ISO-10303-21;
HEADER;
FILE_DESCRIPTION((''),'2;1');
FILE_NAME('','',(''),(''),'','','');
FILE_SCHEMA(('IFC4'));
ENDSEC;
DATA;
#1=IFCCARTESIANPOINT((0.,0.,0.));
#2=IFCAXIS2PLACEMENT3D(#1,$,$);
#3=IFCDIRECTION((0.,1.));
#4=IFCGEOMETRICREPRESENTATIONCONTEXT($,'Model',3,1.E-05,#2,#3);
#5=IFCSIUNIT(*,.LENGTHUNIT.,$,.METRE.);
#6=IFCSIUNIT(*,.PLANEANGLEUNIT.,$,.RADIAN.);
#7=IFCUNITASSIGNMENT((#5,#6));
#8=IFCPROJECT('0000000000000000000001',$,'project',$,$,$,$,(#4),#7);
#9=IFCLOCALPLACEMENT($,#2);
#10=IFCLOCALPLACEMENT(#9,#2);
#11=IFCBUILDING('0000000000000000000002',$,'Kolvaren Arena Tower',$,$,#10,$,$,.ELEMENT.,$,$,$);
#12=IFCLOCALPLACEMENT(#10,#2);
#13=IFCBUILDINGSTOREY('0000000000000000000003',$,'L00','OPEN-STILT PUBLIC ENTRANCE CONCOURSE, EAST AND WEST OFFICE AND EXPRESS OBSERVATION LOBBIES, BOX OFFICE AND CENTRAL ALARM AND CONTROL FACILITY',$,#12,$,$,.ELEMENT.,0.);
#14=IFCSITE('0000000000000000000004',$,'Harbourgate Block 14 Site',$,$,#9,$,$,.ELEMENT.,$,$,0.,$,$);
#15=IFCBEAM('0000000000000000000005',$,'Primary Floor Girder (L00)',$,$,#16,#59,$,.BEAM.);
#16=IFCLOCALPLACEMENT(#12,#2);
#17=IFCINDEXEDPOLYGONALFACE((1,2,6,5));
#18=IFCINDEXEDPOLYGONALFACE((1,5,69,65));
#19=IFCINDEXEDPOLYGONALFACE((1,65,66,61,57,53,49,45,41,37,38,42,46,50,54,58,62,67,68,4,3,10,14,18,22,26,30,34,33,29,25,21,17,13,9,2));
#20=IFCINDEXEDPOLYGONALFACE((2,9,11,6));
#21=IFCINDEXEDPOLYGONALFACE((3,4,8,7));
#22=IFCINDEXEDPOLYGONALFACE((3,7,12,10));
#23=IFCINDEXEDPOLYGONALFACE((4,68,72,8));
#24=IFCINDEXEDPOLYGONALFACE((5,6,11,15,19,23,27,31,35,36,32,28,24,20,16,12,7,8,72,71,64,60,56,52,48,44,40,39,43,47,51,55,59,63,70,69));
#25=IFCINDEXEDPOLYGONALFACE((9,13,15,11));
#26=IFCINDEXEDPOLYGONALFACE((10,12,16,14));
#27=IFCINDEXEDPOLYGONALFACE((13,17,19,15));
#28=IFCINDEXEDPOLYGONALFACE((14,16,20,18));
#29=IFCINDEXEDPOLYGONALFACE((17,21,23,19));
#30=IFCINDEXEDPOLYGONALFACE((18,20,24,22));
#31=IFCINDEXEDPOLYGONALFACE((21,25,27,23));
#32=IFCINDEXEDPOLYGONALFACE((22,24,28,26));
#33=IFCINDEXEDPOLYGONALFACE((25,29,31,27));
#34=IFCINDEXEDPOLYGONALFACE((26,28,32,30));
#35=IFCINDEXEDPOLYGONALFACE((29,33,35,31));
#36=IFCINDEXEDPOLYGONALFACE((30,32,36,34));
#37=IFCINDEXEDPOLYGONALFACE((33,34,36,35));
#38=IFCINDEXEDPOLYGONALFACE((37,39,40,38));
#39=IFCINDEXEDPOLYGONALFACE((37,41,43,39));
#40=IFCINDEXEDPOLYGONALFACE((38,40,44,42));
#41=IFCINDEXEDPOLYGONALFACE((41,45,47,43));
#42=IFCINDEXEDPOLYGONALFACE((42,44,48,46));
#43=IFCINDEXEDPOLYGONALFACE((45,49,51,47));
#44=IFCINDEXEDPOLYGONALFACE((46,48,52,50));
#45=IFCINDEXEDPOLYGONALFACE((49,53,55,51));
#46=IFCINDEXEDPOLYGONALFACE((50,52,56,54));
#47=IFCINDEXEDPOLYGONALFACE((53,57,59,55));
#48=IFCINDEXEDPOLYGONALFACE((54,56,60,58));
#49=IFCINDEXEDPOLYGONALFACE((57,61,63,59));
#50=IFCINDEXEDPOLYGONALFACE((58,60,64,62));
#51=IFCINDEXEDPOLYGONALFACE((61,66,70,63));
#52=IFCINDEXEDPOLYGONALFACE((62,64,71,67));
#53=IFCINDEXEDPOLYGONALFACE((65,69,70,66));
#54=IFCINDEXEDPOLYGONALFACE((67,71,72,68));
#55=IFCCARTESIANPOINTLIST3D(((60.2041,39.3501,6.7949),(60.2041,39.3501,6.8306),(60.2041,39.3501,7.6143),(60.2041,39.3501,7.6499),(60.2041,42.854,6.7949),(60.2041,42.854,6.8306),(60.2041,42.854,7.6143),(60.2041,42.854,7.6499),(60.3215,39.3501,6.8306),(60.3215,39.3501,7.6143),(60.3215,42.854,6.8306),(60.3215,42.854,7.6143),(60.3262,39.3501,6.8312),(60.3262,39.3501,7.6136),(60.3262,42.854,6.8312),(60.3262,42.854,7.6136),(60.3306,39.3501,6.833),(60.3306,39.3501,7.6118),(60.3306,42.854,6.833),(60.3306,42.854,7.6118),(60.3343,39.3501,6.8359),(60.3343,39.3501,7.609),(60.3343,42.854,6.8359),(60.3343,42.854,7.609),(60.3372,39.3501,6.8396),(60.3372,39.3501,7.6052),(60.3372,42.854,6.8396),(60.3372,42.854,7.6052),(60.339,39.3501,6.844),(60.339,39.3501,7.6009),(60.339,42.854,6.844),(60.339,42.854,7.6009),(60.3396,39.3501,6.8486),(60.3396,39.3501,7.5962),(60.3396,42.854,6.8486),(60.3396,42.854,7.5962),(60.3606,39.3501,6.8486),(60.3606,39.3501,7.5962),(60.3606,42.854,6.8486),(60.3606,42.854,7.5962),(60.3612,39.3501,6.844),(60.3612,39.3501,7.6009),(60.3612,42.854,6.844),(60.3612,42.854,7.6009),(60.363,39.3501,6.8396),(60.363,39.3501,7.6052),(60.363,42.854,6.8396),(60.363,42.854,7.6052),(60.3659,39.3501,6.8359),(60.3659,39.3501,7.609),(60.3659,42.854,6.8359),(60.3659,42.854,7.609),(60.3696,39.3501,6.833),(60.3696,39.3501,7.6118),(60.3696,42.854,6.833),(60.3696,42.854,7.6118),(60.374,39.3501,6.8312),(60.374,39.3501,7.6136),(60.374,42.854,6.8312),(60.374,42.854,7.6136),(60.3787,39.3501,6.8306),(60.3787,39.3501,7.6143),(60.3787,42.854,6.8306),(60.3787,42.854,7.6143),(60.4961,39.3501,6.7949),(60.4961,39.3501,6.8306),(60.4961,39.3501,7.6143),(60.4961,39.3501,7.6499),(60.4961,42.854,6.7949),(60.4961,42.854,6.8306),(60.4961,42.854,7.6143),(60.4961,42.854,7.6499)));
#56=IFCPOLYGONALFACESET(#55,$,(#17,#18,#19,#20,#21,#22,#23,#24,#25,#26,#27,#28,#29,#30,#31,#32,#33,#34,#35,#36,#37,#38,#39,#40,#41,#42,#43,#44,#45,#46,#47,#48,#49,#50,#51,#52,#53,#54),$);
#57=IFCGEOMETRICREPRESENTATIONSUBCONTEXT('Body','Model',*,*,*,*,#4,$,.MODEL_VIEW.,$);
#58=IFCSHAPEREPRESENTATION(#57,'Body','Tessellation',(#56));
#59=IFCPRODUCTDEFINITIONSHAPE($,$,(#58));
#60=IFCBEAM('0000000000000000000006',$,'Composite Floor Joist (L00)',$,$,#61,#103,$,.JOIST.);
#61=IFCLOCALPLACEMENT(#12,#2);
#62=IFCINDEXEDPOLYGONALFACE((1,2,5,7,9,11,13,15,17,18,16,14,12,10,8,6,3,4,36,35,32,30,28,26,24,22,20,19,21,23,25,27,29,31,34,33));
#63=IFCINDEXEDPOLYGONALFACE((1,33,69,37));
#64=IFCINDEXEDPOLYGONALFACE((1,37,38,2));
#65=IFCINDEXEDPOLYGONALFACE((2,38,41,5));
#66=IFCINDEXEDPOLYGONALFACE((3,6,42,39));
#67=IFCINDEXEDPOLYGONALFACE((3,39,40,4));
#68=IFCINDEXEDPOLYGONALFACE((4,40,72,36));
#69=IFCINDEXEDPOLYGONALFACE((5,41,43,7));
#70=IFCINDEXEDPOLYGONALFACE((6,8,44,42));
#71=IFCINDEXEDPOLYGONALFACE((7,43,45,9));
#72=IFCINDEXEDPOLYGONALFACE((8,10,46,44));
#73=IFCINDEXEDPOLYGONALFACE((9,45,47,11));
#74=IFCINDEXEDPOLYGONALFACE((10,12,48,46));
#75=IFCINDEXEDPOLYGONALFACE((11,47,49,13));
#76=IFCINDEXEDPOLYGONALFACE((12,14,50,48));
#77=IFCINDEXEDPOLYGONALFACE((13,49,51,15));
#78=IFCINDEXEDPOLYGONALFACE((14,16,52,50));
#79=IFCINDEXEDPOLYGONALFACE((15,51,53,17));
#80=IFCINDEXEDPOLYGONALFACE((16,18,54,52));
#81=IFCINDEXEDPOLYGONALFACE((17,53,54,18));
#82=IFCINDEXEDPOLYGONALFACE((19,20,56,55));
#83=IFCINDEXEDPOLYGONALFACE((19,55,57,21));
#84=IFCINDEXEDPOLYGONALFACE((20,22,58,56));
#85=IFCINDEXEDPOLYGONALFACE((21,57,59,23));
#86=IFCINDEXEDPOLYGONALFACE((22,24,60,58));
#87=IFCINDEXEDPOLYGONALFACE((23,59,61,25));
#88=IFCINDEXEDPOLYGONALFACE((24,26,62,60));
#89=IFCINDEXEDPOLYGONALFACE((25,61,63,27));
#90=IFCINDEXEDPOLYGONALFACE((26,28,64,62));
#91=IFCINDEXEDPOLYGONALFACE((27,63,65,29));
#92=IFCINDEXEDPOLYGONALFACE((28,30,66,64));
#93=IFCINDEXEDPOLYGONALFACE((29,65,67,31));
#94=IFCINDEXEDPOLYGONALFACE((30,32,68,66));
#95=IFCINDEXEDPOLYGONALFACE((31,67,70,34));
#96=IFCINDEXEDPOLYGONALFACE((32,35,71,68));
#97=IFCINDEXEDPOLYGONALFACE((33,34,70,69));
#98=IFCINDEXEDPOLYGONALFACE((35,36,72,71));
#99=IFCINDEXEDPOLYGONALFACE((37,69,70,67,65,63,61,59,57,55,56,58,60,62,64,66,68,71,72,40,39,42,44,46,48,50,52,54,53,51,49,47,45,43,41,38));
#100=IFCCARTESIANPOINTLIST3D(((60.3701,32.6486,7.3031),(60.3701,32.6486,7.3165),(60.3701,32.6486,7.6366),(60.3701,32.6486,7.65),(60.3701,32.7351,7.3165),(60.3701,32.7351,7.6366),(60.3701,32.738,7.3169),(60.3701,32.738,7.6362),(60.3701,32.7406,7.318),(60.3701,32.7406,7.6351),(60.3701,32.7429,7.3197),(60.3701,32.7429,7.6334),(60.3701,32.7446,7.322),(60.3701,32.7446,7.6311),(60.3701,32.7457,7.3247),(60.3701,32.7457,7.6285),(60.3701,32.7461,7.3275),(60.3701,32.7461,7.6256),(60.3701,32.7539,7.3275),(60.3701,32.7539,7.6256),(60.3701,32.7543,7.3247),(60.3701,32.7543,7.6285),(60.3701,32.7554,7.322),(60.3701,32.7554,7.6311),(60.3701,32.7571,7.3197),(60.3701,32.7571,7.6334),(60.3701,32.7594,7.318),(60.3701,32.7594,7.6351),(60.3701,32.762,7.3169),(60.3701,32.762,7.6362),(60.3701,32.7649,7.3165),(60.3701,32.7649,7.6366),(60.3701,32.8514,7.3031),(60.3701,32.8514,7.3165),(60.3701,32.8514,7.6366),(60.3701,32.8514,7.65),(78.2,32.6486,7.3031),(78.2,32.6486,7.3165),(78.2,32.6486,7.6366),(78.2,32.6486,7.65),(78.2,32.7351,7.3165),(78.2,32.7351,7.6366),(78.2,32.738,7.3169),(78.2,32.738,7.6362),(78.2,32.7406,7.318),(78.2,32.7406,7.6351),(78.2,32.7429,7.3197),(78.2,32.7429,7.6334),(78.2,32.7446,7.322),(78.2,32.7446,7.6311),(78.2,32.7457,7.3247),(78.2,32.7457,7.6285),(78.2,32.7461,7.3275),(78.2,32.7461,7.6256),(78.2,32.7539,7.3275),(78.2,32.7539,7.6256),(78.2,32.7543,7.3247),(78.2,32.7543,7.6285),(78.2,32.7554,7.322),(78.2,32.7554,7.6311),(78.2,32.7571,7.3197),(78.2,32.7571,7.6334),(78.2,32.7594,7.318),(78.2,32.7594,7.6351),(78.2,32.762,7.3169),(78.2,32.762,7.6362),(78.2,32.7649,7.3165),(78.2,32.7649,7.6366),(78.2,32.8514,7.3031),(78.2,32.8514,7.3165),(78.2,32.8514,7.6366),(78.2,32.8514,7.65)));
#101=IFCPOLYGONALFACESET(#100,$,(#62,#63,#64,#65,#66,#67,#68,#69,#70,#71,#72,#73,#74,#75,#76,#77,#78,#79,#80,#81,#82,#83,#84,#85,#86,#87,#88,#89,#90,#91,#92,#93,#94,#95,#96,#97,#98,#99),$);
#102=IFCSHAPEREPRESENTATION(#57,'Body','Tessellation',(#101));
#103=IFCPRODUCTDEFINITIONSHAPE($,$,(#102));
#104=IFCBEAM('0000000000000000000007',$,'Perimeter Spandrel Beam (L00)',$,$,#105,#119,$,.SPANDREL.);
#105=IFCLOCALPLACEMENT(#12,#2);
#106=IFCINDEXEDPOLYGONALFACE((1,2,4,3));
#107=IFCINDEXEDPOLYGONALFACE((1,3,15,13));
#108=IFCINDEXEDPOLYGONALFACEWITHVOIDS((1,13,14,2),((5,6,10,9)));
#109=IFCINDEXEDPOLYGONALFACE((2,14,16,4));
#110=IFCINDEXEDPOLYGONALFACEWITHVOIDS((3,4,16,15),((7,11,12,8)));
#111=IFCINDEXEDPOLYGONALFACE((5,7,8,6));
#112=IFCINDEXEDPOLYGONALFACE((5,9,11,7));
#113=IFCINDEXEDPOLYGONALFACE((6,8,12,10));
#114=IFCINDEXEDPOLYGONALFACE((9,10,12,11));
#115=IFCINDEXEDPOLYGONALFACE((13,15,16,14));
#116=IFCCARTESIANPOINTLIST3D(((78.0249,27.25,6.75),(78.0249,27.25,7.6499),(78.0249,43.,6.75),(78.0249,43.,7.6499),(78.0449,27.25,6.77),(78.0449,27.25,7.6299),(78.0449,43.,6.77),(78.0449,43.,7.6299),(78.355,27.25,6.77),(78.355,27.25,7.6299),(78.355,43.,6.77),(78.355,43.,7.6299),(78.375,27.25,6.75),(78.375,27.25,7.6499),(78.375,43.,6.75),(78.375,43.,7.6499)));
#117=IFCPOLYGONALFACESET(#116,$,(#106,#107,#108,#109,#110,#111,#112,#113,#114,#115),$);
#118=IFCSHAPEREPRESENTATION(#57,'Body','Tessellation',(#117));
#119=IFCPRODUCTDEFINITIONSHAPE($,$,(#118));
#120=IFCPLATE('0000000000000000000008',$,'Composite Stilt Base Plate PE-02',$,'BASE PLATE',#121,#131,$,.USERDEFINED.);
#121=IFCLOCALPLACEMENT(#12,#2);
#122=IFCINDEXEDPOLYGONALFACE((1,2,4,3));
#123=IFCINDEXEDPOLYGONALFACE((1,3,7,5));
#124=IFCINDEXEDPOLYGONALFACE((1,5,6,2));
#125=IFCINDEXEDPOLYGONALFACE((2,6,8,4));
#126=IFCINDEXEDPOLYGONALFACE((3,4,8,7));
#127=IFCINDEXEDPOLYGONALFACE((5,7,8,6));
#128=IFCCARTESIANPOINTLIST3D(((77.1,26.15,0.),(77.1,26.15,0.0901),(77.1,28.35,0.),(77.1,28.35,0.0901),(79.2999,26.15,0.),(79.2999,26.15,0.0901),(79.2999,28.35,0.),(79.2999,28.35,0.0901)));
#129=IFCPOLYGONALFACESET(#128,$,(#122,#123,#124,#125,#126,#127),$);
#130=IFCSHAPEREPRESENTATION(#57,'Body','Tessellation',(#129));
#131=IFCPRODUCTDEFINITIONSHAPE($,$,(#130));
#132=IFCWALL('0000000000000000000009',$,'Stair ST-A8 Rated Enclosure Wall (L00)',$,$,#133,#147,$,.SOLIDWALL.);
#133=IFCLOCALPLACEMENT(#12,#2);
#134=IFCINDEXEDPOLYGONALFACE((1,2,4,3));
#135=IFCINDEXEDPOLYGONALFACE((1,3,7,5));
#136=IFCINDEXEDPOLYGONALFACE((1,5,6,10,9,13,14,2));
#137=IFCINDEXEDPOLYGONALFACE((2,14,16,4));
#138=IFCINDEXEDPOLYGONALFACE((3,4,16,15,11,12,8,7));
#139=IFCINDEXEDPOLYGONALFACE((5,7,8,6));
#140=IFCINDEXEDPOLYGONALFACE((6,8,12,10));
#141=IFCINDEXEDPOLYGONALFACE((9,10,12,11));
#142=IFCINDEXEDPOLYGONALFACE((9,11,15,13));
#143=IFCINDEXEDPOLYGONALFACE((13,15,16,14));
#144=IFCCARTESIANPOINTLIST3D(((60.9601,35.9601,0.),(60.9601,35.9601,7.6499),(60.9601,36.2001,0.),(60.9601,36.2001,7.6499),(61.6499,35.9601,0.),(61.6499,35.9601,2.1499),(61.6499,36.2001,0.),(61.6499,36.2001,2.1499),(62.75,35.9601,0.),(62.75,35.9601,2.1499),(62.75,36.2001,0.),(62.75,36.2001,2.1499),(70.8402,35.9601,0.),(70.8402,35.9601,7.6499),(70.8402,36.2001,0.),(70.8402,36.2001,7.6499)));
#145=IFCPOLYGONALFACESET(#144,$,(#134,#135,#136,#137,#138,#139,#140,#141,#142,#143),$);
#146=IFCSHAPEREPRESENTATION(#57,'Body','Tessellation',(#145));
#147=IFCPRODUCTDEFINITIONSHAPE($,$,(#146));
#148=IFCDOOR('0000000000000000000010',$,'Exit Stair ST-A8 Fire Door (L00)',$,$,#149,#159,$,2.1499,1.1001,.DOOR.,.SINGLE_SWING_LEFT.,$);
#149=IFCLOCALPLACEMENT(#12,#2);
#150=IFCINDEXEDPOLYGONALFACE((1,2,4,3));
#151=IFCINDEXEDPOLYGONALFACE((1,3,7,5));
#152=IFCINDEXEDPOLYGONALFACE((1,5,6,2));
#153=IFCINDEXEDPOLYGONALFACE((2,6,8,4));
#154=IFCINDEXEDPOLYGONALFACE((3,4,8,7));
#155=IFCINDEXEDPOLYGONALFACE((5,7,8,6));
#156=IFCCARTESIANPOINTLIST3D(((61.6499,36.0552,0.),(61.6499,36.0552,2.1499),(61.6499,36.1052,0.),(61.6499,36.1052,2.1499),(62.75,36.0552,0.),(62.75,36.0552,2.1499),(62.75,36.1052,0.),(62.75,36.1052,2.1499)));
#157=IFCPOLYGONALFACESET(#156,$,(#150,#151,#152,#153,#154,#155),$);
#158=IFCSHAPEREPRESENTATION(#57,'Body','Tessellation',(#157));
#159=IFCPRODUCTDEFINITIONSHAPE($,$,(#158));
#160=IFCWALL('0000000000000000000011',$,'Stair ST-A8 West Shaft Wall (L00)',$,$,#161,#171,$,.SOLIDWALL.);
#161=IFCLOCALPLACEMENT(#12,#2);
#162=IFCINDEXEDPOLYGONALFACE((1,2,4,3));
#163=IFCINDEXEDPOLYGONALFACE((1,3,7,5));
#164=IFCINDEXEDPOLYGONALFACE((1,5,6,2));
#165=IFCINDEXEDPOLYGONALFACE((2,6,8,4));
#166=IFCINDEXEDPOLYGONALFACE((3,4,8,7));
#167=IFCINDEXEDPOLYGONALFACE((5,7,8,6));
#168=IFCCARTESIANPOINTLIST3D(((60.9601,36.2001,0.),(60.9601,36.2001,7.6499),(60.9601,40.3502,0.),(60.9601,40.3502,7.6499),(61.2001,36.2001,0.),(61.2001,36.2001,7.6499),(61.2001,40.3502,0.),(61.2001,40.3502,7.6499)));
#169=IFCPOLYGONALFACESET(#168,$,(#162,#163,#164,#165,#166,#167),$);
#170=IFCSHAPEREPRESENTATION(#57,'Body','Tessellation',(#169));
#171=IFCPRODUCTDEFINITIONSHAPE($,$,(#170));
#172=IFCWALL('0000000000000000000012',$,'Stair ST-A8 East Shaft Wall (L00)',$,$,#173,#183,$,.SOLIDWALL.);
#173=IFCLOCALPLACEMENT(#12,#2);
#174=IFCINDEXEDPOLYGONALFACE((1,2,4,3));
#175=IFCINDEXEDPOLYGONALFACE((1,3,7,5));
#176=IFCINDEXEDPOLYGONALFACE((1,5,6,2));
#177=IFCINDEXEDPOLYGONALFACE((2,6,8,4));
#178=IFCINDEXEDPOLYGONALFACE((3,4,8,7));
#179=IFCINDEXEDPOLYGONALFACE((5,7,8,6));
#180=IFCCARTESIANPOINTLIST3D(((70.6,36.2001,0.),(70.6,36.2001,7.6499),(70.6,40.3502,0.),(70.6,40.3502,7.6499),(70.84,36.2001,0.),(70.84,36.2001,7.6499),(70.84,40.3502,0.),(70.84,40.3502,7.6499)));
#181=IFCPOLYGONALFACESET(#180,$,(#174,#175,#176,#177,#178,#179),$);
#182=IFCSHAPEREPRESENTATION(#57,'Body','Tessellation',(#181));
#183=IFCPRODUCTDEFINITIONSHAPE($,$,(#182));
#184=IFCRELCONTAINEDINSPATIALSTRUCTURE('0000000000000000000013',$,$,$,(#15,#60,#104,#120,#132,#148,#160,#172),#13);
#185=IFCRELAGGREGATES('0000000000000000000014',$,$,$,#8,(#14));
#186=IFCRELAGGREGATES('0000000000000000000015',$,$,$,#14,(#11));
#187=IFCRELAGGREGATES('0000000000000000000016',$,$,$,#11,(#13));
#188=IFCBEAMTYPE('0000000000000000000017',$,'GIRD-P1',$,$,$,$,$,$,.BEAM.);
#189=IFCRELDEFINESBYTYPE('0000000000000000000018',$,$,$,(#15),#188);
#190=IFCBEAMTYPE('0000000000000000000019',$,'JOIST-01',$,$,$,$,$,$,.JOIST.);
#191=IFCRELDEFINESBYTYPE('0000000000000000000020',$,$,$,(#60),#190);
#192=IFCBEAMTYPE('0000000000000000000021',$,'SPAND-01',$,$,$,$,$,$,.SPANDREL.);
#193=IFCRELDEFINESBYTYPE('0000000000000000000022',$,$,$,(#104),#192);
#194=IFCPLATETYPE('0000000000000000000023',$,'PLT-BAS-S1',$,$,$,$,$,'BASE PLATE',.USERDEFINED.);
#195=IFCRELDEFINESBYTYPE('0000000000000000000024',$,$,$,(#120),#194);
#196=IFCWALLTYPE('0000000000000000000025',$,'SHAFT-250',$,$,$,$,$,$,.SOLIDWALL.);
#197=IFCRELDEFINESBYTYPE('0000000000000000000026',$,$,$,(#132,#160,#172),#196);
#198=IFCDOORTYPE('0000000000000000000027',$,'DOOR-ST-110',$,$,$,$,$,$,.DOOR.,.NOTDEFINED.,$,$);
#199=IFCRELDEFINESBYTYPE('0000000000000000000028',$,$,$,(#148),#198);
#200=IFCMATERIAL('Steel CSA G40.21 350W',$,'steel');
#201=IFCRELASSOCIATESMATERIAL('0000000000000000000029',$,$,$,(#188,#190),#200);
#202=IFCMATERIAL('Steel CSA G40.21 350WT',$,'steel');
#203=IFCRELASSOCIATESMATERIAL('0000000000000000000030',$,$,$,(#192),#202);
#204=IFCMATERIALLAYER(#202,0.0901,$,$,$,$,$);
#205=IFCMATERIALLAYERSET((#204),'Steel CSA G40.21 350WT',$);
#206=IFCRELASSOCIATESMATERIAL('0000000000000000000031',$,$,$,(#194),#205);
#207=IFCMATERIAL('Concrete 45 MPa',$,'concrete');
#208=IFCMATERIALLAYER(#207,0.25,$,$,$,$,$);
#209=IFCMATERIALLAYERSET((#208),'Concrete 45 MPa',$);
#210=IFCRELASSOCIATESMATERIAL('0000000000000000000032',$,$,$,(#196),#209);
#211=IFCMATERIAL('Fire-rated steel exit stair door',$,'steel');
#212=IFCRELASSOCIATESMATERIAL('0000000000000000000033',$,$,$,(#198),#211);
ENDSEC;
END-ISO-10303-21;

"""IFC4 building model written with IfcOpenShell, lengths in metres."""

from ifc_helpers import new_model, si_unit, direction, frame, frame_2d, origin, origin_2d, place, context, subcontext, project, spatial, rectangle, hollow_rectangle, i_section, extrude, material, layer, layer_set, material_profile, profile_set, type_object, element, fill, save


model = new_model("IFC4")

# Units and contexts
model_context = context("Model", 3, precision=1e-05, world=origin(), true_north=direction((0.0, 1.0)))
body_context = subcontext(model_context, "Body", "Model", "MODEL_VIEW")
ifc_project = project(units=[si_unit("LENGTHUNIT", "METRE"), si_unit("PLANEANGLEUNIT", "RADIAN")], contexts=[model_context])

# Site, building, storey
site_placement = place(None, origin())
site = spatial("IfcSite", under=ifc_project, at=site_placement, Name="Harbourgate Block 14 Site", CompositionType="ELEMENT", RefElevation=0.0)
building_placement = place(site_placement, origin())
building = spatial("IfcBuilding", under=site, at=building_placement, Name="Kolvaren Arena Tower", CompositionType="ELEMENT")
storey_placement = place(building_placement, origin())
storey = spatial("IfcBuildingStorey", under=building, at=storey_placement, Name="L00", Description="OPEN-STILT PUBLIC ENTRANCE CONCOURSE, EAST AND WEST OFFICE AND EXPRESS OBSERVATION LOBBIES, BOX OFFICE AND CENTRAL ALARM AND CONTROL FACILITY", CompositionType="ELEMENT", Elevation=0.0)

# Beams
ifc_material_1 = material(Name="Steel CSA G40.21 350W", Category="steel")
ifc_material_profile_1 = material_profile(ifc_material_1, i_section(OverallWidth=0.292, OverallDepth=0.855, WebThickness=0.021, FlangeThickness=0.0356, FilletRadius=0.0181, at=origin_2d()), Name="W840x299")
ifc_profile_set_1 = profile_set([ifc_material_profile_1], Name="Steel CSA G40.21 350W")
beam_type_1 = type_object("IfcBeamType", Name="GIRD-P1", PredefinedType="BEAM", material=ifc_profile_set_1)
beam_1_placement = place(storey_placement, frame((60.3501, 39.3501, 7.2224), z_axis=(0.0, 1.0, 0.0), x_axis=(-1.0, 0.0, 0.0)))
element("IfcBeam", 1, at=beam_1_placement, inside=storey, type_object=beam_type_1, Name="Primary Floor Girder (L00)", PredefinedType="BEAM", context=body_context, shape_type="SweptSolid", body=[
    extrude(i_section(OverallWidth=0.292, OverallDepth=0.855, WebThickness=0.021, FlangeThickness=0.0356, FilletRadius=0.0181, at=origin_2d()), origin(), (0.0, 0.0, 1.0), 3.5039),
])
ifc_material_profile_2 = material_profile(ifc_material_1, i_section(OverallWidth=0.2029, OverallDepth=0.3469, WebThickness=0.0078, FlangeThickness=0.0134, FilletRadius=0.011, at=origin_2d()), Name="W360x64")
ifc_profile_set_2 = profile_set([ifc_material_profile_2], Name="Steel CSA G40.21 350W")
beam_type_2 = type_object("IfcBeamType", Name="JOIST-01", PredefinedType="JOIST", material=ifc_profile_set_2)
beam_2_placement = place(storey_placement, frame((60.3701, 32.75, 7.4766), z_axis=(1.0, 0.0, 0.0), x_axis=(0.0, 1.0, 0.0)))
element("IfcBeam", 2, at=beam_2_placement, inside=storey, type_object=beam_type_2, Name="Composite Floor Joist (L00)", PredefinedType="JOIST", context=body_context, shape_type="SweptSolid", body=[
    extrude(i_section(OverallWidth=0.2029, OverallDepth=0.3469, WebThickness=0.0078, FlangeThickness=0.0134, FilletRadius=0.011, at=origin_2d()), origin(), (0.0, 0.0, 1.0), 17.8298),
])
ifc_material_2 = material(Name="Steel CSA G40.21 350WT", Category="steel")
ifc_material_profile_3 = material_profile(ifc_material_2, hollow_rectangle(XDim=0.3501, YDim=0.8999, WallThickness=0.02, at=origin_2d()), Name="HSS 900x350x20")
ifc_profile_set_3 = profile_set([ifc_material_profile_3], Name="Steel CSA G40.21 350WT")
beam_type_3 = type_object("IfcBeamType", Name="SPAND-01", PredefinedType="SPANDREL", material=ifc_profile_set_3)
beam_3_placement = place(storey_placement, frame((78.2, 27.25, 7.2), z_axis=(0.0, 1.0, 0.0), x_axis=(-1.0, 0.0, 0.0)))
element("IfcBeam", 3, at=beam_3_placement, inside=storey, type_object=beam_type_3, Name="Perimeter Spandrel Beam (L00)", PredefinedType="SPANDREL", context=body_context, shape_type="SweptSolid", body=[
    extrude(hollow_rectangle(XDim=0.3501, YDim=0.8999, WallThickness=0.02, at=origin_2d()), origin(), (0.0, 0.0, 1.0), 15.75),
])

# Plate
ifc_layer_1 = layer(ifc_material_2, 0.0901)
ifc_layer_set_1 = layer_set([ifc_layer_1], Name="Steel CSA G40.21 350WT")
plate_type = type_object("IfcPlateType", Name="PLT-BAS-S1", ElementType="BASE PLATE", PredefinedType="USERDEFINED", material=ifc_layer_set_1)
plate_placement = place(storey_placement, frame((78.2, 27.25, 0.0), z_axis=(0.0, 0.0, 1.0), x_axis=(1.0, 0.0, 0.0)))
element("IfcPlate", 4, at=plate_placement, inside=storey, type_object=plate_type, Name="Composite Stilt Base Plate PE-02", ObjectType="BASE PLATE", PredefinedType="USERDEFINED", context=body_context, shape_type="SweptSolid", body=[
    extrude(rectangle(XDim=2.2, YDim=2.2, at=origin_2d()), origin(), (0.0, 0.0, 1.0), 0.0901),
])

# Wall, opening, door
ifc_material_3 = material(Name="Concrete 45 MPa", Category="concrete")
ifc_layer_2 = layer(ifc_material_3, 0.25)
ifc_layer_set_2 = layer_set([ifc_layer_2], Name="Concrete 45 MPa")
wall_type = type_object("IfcWallType", Name="SHAFT-250", PredefinedType="SOLIDWALL", material=ifc_layer_set_2)
wall_1_placement = place(storey_placement, frame((70.8401, 36.0801, 0.0), z_axis=(0.0, 0.0, 1.0), x_axis=(-1.0, 0.0, 0.0)))
wall_1 = element("IfcWall", 5, at=wall_1_placement, inside=storey, type_object=wall_type, Name="Stair ST-A8 Rated Enclosure Wall (L00)", PredefinedType="SOLIDWALL", context=body_context, shape_type="SweptSolid", body=[
    extrude(rectangle(XDim=9.8801, YDim=0.24, at=frame_2d((4.9399, 0.0))), origin(), (0.0, 0.0, 1.0), 7.6499),
])
opening_placement = place(wall_1_placement, frame((8.0901, 0.0, 0.0)))
opening = element("IfcOpeningElement", 6, at=opening_placement, cuts=wall_1, PredefinedType="OPENING", context=body_context, shape_type="SweptSolid", body=[
    extrude(rectangle(XDim=1.1001, YDim=2.1499, at=frame_2d((0.55, 1.075))), frame((0.0, 0.1299, 0.0), z_axis=(0.0, -1.0, 0.0), x_axis=(1.0, 0.0, 0.0)), (0.0, 0.0, 1.0), 0.26),
])
ifc_material_4 = material(Name="Fire-rated steel exit stair door", Category="steel")
door_type = type_object("IfcDoorType", Name="DOOR-ST-110", OperationType="NOTDEFINED", PredefinedType="DOOR", material=ifc_material_4)
door_placement = place(opening_placement, origin())
door = element("IfcDoor", 7, at=door_placement, inside=storey, type_object=door_type, Name="Exit Stair ST-A8 Fire Door (L00)", OperationType="SINGLE_SWING_LEFT", OverallHeight=2.1499, OverallWidth=1.1001, PredefinedType="DOOR", context=body_context, shape_type="SweptSolid", body=[
    extrude(rectangle(XDim=1.1001, YDim=2.1499, at=frame_2d((0.55, 1.075))), frame((0.0, 0.0249, 0.0), z_axis=(0.0, -1.0, 0.0), x_axis=(1.0, 0.0, 0.0)), (0.0, 0.0, 1.0), 0.05),
])
fill(opening, door)

# Walls
for number, where, z_axis, x_axis, name in (
    (8, (61.0801, 36.2, 0.0), (0.0, 0.0, 1.0), (0.0, 1.0, 0.0), "Stair ST-A8 West Shaft Wall (L00)"),
    (9, (70.72, 36.2, 0.0), (0.0, 0.0, 1.0), (0.0, 1.0, 0.0), "Stair ST-A8 East Shaft Wall (L00)"),
):
    element("IfcWall", number, at=place(storey_placement, frame(where, z_axis=z_axis, x_axis=x_axis)), inside=storey, type_object=wall_type, Name=name, PredefinedType="SOLIDWALL", context=body_context, shape_type="SweptSolid", body=[
        extrude(rectangle(XDim=4.1501, YDim=0.24, at=frame_2d((2.0752, 0.0))), origin(), (0.0, 0.0, 1.0), 7.6499),
    ])

save(model, "model.ifc")
